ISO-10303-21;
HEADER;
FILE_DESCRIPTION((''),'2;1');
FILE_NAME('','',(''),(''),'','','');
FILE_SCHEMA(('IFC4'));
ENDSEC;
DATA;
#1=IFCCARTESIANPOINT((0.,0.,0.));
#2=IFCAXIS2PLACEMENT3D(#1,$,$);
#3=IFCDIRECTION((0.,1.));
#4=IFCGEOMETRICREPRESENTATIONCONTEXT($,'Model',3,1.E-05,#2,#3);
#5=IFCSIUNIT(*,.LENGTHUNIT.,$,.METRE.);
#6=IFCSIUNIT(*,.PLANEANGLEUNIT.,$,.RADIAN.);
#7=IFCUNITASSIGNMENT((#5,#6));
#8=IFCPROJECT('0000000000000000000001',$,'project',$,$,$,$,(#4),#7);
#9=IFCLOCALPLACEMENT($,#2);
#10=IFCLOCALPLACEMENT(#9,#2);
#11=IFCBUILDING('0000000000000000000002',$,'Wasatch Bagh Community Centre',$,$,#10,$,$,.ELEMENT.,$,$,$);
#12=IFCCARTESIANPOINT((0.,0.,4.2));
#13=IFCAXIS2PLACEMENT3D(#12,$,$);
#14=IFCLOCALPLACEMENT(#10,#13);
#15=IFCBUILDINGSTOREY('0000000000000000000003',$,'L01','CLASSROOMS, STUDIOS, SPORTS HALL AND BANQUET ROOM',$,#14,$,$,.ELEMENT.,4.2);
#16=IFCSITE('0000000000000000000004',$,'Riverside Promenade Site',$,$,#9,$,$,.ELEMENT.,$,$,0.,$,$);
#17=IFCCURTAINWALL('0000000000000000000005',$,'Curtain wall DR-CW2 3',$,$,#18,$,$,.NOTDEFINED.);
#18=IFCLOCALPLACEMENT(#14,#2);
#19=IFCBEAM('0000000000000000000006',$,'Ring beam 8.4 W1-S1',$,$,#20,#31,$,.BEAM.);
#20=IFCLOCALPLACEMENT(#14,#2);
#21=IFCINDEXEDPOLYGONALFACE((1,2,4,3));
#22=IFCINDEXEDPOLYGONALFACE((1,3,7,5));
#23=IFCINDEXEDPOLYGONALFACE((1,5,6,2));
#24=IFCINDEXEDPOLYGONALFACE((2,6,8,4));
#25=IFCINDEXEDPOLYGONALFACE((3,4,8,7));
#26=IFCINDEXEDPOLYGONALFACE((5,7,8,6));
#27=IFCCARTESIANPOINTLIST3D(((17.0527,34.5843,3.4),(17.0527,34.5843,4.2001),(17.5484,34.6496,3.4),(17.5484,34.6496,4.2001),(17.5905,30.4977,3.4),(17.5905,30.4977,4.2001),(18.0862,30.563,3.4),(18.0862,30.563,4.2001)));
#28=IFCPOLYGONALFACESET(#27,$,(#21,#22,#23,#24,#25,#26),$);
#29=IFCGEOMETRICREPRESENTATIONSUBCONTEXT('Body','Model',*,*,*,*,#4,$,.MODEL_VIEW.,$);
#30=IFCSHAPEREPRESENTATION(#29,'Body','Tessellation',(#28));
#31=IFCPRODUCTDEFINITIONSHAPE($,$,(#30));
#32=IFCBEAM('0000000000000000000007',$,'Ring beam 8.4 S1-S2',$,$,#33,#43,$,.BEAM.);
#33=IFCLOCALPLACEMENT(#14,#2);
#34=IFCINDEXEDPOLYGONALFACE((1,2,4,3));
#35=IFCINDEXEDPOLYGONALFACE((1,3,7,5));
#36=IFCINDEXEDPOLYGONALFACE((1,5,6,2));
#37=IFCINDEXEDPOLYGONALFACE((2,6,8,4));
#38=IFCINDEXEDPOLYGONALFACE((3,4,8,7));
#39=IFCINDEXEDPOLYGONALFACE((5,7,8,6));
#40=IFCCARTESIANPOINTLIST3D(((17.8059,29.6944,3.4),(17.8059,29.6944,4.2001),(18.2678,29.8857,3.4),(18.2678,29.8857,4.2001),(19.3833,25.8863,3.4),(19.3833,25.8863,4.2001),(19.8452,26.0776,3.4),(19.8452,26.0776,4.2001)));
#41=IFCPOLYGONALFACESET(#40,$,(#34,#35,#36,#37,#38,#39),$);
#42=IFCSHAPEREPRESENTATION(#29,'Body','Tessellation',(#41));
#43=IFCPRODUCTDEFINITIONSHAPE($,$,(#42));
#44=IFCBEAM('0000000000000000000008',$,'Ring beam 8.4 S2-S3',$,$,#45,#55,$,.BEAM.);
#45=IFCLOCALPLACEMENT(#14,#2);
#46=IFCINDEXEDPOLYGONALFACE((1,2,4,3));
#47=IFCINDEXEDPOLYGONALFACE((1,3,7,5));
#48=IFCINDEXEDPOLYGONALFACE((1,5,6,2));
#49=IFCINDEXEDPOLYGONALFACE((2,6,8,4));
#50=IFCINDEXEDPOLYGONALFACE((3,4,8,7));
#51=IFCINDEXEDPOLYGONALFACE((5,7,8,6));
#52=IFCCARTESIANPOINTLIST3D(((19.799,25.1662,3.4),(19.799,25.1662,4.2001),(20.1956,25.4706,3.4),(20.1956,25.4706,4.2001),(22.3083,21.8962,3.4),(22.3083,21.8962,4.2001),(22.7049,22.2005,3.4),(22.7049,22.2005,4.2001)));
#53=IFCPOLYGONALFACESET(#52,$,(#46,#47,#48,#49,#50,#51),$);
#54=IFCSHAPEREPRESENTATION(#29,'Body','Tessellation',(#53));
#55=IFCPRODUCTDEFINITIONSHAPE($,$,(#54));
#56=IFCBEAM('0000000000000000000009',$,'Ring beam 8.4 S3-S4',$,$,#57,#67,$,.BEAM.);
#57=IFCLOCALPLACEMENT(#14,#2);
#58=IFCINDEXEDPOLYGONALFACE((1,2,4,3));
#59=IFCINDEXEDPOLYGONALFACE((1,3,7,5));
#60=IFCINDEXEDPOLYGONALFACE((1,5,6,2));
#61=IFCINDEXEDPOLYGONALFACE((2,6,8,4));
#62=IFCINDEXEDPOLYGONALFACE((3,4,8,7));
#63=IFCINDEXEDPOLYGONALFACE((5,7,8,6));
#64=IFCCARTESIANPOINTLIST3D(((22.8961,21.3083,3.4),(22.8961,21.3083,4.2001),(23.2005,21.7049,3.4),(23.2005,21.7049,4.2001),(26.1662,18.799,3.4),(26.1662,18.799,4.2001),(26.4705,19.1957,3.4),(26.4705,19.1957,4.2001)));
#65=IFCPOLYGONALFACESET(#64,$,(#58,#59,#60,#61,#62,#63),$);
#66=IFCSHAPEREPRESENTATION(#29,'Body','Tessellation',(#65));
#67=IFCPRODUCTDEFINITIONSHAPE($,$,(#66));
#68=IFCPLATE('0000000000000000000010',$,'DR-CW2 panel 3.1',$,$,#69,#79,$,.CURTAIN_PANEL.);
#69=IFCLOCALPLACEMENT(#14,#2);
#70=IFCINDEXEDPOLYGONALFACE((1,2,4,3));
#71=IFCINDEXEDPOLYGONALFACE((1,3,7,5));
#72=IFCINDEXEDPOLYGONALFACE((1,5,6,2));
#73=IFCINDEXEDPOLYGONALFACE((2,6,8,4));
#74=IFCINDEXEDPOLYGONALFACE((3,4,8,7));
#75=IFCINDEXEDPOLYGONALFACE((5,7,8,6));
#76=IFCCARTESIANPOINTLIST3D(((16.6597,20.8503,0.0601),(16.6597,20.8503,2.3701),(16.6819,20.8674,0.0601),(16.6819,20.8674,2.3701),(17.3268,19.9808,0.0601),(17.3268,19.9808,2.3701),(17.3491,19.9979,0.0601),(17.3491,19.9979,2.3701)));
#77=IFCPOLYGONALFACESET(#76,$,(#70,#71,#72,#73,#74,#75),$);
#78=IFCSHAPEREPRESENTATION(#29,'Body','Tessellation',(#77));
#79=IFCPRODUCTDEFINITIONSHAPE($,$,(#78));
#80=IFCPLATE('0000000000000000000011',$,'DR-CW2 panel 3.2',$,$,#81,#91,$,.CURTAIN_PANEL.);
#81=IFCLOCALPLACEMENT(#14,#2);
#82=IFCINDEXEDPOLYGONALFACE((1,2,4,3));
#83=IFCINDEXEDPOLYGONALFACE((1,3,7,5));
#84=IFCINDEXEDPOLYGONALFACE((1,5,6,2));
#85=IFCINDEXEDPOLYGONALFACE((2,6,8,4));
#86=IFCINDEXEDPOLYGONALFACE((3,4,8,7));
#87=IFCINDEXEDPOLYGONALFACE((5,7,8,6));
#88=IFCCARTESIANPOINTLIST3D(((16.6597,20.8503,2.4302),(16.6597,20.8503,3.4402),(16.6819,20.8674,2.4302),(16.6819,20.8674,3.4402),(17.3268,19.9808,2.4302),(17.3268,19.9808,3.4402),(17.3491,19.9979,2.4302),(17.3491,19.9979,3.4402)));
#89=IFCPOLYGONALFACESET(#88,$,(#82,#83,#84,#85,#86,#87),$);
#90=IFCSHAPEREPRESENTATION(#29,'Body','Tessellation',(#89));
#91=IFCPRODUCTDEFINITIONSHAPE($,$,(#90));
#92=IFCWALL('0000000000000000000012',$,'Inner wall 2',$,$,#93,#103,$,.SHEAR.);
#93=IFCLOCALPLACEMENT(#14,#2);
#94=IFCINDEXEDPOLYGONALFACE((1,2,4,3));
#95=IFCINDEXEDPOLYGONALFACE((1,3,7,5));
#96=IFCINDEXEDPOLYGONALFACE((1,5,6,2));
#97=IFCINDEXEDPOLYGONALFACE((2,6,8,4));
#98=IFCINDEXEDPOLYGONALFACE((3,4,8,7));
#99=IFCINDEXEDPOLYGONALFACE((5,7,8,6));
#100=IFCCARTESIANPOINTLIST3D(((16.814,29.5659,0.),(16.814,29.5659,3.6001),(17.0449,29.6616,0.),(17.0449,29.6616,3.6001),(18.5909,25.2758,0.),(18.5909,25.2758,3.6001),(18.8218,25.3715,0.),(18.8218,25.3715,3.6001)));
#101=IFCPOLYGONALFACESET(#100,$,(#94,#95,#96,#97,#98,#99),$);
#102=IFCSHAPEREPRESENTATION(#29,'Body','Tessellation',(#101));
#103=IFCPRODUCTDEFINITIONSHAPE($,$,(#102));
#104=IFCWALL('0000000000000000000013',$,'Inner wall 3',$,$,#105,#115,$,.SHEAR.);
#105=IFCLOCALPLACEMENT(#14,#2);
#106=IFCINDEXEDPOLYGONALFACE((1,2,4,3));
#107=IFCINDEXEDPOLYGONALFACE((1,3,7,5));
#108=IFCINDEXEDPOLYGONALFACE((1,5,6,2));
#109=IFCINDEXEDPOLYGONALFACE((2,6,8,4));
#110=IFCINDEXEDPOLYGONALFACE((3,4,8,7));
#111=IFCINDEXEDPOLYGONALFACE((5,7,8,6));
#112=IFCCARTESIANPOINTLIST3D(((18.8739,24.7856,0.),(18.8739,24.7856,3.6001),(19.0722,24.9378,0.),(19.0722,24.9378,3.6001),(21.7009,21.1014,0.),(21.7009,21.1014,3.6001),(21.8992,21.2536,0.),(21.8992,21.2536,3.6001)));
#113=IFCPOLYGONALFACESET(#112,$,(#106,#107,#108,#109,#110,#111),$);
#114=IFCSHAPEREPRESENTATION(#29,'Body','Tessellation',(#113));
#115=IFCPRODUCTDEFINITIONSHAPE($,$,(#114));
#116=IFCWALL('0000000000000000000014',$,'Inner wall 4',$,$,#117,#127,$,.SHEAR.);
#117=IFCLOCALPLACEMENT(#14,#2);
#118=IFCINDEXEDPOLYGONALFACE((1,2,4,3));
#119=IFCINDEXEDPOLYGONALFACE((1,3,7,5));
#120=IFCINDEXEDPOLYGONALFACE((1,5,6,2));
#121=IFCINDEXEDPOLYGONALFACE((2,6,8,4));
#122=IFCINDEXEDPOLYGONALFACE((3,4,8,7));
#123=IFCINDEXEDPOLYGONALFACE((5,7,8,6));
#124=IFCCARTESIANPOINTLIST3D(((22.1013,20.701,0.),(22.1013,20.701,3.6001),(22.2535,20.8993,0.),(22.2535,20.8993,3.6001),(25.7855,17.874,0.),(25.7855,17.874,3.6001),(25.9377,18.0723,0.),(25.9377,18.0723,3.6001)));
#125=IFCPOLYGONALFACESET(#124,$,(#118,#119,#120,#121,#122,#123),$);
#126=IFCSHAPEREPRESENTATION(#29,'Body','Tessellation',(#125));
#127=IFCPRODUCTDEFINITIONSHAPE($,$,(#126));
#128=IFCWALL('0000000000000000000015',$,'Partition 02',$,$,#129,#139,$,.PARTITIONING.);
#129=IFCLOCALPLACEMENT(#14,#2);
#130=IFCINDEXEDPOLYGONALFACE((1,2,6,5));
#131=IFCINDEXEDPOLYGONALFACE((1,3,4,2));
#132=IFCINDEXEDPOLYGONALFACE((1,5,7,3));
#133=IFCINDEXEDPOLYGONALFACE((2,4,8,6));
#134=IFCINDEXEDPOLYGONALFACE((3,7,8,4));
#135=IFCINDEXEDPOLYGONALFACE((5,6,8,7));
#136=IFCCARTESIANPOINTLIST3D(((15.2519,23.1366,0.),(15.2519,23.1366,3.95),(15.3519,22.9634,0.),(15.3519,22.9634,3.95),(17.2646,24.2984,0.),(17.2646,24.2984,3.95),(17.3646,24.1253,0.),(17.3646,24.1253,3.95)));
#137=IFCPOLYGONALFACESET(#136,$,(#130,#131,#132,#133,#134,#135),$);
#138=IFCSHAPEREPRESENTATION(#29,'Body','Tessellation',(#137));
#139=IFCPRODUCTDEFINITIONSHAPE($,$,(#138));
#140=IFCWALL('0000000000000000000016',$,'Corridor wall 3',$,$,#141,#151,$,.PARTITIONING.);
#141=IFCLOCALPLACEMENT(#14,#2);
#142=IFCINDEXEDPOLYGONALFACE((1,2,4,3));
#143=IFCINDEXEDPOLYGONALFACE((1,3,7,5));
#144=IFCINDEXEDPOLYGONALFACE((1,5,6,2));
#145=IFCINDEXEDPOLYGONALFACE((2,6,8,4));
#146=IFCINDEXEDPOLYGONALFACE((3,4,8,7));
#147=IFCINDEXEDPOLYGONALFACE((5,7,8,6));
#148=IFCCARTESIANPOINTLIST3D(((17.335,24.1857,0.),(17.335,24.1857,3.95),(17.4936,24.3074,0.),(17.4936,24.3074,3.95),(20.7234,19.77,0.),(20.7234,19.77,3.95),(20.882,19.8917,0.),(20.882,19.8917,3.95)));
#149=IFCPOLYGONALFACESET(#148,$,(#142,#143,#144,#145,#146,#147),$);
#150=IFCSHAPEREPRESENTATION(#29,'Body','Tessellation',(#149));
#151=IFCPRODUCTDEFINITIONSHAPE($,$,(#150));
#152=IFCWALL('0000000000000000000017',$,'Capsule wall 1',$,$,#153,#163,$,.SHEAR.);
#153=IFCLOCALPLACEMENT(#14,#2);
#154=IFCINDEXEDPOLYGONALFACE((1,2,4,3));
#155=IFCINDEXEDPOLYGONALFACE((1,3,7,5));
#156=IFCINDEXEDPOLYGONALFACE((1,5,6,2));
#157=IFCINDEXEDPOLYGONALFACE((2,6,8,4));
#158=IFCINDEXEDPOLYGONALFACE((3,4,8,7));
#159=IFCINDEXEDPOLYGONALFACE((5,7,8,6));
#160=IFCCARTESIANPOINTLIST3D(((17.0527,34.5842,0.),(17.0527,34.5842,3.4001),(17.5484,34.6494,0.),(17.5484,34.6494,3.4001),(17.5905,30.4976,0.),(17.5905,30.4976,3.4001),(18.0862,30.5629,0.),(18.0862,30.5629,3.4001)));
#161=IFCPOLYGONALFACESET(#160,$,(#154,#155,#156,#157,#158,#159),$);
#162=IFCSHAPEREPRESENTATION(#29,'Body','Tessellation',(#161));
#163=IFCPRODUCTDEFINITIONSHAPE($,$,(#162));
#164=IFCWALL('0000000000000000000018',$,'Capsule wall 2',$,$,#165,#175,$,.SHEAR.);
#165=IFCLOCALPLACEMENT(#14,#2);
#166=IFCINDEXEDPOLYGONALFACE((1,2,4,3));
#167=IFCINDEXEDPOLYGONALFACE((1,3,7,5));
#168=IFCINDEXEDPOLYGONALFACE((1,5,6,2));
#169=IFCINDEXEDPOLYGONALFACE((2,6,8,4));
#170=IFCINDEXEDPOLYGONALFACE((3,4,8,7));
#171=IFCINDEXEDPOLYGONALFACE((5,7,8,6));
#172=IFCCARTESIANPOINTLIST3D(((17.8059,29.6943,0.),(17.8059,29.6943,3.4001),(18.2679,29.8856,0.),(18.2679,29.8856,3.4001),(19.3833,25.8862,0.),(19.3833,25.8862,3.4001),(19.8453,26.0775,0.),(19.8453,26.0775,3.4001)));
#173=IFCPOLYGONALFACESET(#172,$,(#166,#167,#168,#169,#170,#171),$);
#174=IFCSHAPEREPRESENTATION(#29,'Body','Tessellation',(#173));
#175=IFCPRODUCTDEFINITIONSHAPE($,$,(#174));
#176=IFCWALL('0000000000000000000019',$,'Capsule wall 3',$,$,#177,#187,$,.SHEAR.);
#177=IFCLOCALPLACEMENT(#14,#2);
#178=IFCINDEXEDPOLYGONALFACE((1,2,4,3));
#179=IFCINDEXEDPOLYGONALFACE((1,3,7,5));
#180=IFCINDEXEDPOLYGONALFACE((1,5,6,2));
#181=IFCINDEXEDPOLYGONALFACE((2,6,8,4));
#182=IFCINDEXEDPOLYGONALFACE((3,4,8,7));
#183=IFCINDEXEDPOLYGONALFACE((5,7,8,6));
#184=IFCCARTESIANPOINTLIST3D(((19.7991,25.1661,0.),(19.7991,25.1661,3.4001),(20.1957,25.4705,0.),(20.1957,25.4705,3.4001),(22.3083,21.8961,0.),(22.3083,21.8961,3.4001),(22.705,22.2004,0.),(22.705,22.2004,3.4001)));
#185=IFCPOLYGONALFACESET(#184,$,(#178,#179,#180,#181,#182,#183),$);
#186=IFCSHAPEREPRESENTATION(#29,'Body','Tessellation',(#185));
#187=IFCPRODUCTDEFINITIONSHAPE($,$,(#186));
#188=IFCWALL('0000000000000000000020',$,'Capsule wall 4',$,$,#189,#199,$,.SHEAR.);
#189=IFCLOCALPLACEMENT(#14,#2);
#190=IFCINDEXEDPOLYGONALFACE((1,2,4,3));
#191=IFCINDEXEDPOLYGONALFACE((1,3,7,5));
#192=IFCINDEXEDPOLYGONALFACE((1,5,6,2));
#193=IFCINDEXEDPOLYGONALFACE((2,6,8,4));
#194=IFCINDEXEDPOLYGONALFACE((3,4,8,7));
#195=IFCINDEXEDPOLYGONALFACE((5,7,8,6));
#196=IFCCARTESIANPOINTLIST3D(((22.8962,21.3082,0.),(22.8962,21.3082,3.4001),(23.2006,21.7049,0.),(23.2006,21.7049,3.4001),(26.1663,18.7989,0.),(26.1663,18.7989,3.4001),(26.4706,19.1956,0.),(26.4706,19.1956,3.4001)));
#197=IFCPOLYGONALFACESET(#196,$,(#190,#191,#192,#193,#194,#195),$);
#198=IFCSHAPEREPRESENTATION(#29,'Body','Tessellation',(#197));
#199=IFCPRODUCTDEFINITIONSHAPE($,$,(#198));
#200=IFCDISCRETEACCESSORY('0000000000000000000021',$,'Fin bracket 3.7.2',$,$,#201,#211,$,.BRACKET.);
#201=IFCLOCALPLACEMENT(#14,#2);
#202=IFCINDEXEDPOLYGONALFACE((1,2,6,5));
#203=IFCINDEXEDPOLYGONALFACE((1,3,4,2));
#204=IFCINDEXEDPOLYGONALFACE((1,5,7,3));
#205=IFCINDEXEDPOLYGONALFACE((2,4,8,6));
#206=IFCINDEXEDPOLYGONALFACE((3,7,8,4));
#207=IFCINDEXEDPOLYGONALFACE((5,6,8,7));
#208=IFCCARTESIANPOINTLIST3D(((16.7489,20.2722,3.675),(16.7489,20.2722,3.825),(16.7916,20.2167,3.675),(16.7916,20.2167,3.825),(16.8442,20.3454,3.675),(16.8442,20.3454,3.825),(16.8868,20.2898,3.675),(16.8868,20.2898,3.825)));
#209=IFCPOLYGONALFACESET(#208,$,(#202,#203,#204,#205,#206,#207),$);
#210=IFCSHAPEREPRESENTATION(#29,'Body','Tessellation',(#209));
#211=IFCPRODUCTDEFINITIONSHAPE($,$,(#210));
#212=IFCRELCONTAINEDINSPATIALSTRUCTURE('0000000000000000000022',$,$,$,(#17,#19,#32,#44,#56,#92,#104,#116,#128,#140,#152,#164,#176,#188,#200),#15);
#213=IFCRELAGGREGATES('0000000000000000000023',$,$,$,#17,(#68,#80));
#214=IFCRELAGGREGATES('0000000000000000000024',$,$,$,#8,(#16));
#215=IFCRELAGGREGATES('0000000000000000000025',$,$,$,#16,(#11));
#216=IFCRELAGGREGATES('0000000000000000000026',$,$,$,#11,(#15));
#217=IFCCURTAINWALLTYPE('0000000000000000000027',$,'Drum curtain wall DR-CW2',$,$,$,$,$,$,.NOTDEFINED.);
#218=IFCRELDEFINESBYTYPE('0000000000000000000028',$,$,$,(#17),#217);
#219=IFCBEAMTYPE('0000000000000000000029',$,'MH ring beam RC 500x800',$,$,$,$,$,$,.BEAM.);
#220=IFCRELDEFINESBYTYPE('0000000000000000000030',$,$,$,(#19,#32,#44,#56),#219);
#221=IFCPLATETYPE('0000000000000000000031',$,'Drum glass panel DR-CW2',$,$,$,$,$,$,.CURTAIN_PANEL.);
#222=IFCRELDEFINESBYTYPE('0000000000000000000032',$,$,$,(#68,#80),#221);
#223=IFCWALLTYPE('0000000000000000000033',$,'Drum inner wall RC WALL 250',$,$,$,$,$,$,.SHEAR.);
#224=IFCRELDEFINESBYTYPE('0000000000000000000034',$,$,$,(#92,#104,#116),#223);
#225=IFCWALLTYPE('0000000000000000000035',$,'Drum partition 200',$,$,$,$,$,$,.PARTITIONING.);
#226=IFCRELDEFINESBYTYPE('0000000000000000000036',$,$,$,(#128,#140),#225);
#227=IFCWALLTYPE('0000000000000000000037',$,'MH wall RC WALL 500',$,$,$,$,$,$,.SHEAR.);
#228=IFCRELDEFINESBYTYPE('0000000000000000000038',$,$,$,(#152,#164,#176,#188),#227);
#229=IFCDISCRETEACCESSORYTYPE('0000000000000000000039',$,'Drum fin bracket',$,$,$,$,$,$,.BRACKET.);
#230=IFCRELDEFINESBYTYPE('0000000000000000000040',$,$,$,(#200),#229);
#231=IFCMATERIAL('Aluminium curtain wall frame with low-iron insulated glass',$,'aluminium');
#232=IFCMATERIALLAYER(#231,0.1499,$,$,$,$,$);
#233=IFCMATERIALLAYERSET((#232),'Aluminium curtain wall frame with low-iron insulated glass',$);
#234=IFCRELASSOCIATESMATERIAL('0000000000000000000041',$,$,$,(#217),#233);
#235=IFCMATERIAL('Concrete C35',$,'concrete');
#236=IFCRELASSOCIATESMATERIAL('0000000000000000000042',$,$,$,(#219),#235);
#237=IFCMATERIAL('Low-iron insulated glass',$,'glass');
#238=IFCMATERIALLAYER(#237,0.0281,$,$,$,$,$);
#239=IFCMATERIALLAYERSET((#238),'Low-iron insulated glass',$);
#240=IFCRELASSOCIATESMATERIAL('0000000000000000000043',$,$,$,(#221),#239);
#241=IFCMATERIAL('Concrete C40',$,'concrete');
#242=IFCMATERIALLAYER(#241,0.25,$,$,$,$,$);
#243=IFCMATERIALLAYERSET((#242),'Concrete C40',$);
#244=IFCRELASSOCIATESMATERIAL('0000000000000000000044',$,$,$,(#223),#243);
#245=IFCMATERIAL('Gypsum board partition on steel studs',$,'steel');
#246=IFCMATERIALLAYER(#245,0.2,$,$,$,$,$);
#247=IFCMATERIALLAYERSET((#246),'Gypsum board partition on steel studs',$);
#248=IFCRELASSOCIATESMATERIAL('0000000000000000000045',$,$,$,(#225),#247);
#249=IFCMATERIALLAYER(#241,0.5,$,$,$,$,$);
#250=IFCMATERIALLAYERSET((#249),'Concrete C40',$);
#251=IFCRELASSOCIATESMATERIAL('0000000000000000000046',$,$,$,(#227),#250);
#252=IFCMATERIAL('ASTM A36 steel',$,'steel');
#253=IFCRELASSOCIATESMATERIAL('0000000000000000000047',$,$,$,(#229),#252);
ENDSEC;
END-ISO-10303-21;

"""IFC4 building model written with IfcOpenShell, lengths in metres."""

from ifc_helpers import new_model, si_unit, direction, frame, frame_2d, origin, origin_2d, place, context, subcontext, project, spatial, rectangle, extrude, material, layer, layer_set, material_profile, profile_set, type_object, element, aggregate, save


model = new_model("IFC4")

# Units and contexts
model_context = context("Model", 3, precision=1e-05, world=origin(), true_north=direction((0.0, 1.0)))
body_context = subcontext(model_context, "Body", "Model", "MODEL_VIEW")
ifc_project = project(units=[si_unit("LENGTHUNIT", "METRE"), si_unit("PLANEANGLEUNIT", "RADIAN")], contexts=[model_context])

# Site, building, storey
site_placement = place(None, origin())
site = spatial("IfcSite", under=ifc_project, at=site_placement, Name="Riverside Promenade Site", CompositionType="ELEMENT", RefElevation=0.0)
building_placement = place(site_placement, origin())
building = spatial("IfcBuilding", under=site, at=building_placement, Name="Wasatch Bagh Community Centre", CompositionType="ELEMENT")
storey_placement = place(building_placement, frame((0.0, 0.0, 4.2)))
storey = spatial("IfcBuildingStorey", under=building, at=storey_placement, Name="L01", Description="CLASSROOMS, STUDIOS, SPORTS HALL AND BANQUET ROOM", CompositionType="ELEMENT", Elevation=4.2)

# Shared definitions
ifc_material_1 = material(Name="Concrete C40", Category="concrete")

# Curtain wall
ifc_material_2 = material(Name="Aluminium curtain wall frame with low-iron insulated glass", Category="aluminium")
ifc_layer_1 = layer(ifc_material_2, 0.1499)
ifc_layer_set_1 = layer_set([ifc_layer_1], Name="Aluminium curtain wall frame with low-iron insulated glass")
curtain_wall_type = type_object("IfcCurtainWallType", Name="Drum curtain wall DR-CW2", PredefinedType="NOTDEFINED", material=ifc_layer_set_1)
curtain_wall_placement = place(storey_placement, origin())
curtain_wall = element("IfcCurtainWall", 1, at=curtain_wall_placement, inside=storey, type_object=curtain_wall_type, Name="Curtain wall DR-CW2 3", PredefinedType="NOTDEFINED")

# Shared definitions
ifc_material_3 = material(Name="Concrete C35", Category="concrete")

# Beams
ifc_material_profile_1 = material_profile(ifc_material_3, rectangle(XDim=0.5, YDim=0.8, at=origin_2d()), Name="RC 500x800")
ifc_profile_set_1 = profile_set([ifc_material_profile_1], Name="Concrete C35")
beam_type_1 = type_object("IfcBeamType", Name="MH ring beam RC 500x800", PredefinedType="BEAM", material=ifc_profile_set_1)
for number, where, z_axis, x_axis, name in (
    (2, (17.3005, 34.6169, 3.8), (0.130484, -0.99145, 0.0), (0.99145, 0.130484, 0.0), "Ring beam 8.4 W1-S1"),
    (3, (18.0369, 29.79, 3.8), (0.382688, -0.923878, 0.0), (0.923878, 0.382688, 0.0), "Ring beam 8.4 S1-S2"),
    (4, (19.9973, 25.3184, 3.8), (0.608777, -0.793341, 0.0), (0.793341, 0.608777, 0.0), "Ring beam 8.4 S2-S3"),
    (5, (23.0483, 21.5066, 3.8), (0.793341, -0.608777, 0.0), (0.608777, 0.793341, 0.0), "Ring beam 8.4 S3-S4"),
):
    element("IfcBeam", number, at=place(storey_placement, frame(where, z_axis=z_axis, x_axis=x_axis)), inside=storey, type_object=beam_type_1, Name=name, PredefinedType="BEAM", context=body_context, shape_type="SweptSolid", body=[
        extrude(rectangle(XDim=0.5, YDim=0.8, at=origin_2d()), origin(), (0.0, 0.0, 1.0), 4.1218),
    ])

# Plates
ifc_material_4 = material(Name="Low-iron insulated glass", Category="glass")
ifc_layer_2 = layer(ifc_material_4, 0.0281)
ifc_layer_set_2 = layer_set([ifc_layer_2], Name="Low-iron insulated glass")
plate_type = type_object("IfcPlateType", Name="Drum glass panel DR-CW2", PredefinedType="CURTAIN_PANEL", material=ifc_layer_set_2)
plate_1_placement = place(storey_placement, frame((17.0044, 20.4241, 0.0601), z_axis=(0.0, 0.0, 1.0), x_axis=(0.608761, -0.793353, 0.0)))
plate_1 = element("IfcPlate", 6, at=plate_1_placement, type_object=plate_type, Name="DR-CW2 panel 3.1", PredefinedType="CURTAIN_PANEL", context=body_context, shape_type="SweptSolid", body=[
    extrude(rectangle(XDim=1.0959, YDim=0.0281, at=origin_2d()), origin(), (0.0, 0.0, 1.0), 2.3101),
])
plate_2_placement = place(storey_placement, frame((17.0044, 20.4241, 2.4302), z_axis=(0.0, 0.0, 1.0), x_axis=(0.608761, -0.793353, 0.0)))
plate_2 = element("IfcPlate", 7, at=plate_2_placement, type_object=plate_type, Name="DR-CW2 panel 3.2", PredefinedType="CURTAIN_PANEL", context=body_context, shape_type="SweptSolid", body=[
    extrude(rectangle(XDim=1.0959, YDim=0.0281, at=origin_2d()), origin(), (0.0, 0.0, 1.0), 1.01),
])
aggregate(curtain_wall, [plate_1, plate_2])

# Walls
ifc_layer_3 = layer(ifc_material_1, 0.25)
ifc_layer_set_3 = layer_set([ifc_layer_3], Name="Concrete C40")
wall_type_1 = type_object("IfcWallType", Name="Drum inner wall RC WALL 250", PredefinedType="SHEAR", material=ifc_layer_set_3)
wall_1_placement = place(storey_placement, frame((16.9294, 29.6138, 0.0), z_axis=(0.0, 0.0, 1.0), x_axis=(0.382658, -0.92389, 0.0)))
element("IfcWall", 8, at=wall_1_placement, inside=storey, type_object=wall_type_1, Name="Inner wall 2", PredefinedType="SHEAR", context=body_context, shape_type="SweptSolid", body=[
    extrude(rectangle(XDim=4.6436, YDim=0.25, at=frame_2d((2.3218, 0.0))), origin(), (0.0, 0.0, 1.0), 3.6001),
])
for number, where, z_axis, x_axis, name in (
    (9, (18.9731, 24.8616, 0.0), (0.0, 0.0, 1.0), (0.608763, -0.793352, 0.0), "Inner wall 3"),
    (10, (22.1775, 20.8, 0.0), (0.0, 0.0, 1.0), (0.793352, -0.608763, 0.0), "Inner wall 4"),
):
    element("IfcWall", number, at=place(storey_placement, frame(where, z_axis=z_axis, x_axis=x_axis)), inside=storey, type_object=wall_type_1, Name=name, PredefinedType="SHEAR", context=body_context, shape_type="SweptSolid", body=[
        extrude(rectangle(XDim=4.6438, YDim=0.25, at=frame_2d((2.3218, 0.0))), origin(), (0.0, 0.0, 1.0), 3.6001),
    ])
ifc_material_5 = material(Name="Gypsum board partition on steel studs", Category="steel")
ifc_layer_4 = layer(ifc_material_5, 0.2)
ifc_layer_set_4 = layer_set([ifc_layer_4], Name="Gypsum board partition on steel studs")
wall_type_2 = type_object("IfcWallType", Name="Drum partition 200", PredefinedType="PARTITIONING", material=ifc_layer_set_4)
wall_2_placement = place(storey_placement, frame((17.3147, 24.2119, 0.0), z_axis=(0.0, 0.0, 1.0), x_axis=(-0.866056, -0.499947, 0.0)))
element("IfcWall", 11, at=wall_2_placement, inside=storey, type_object=wall_type_2, Name="Partition 02", PredefinedType="PARTITIONING", context=body_context, shape_type="SweptSolid", body=[
    extrude(rectangle(XDim=2.324, YDim=0.2, at=frame_2d((1.1621, 0.0))), origin(), (0.0, 0.0, 1.0), 3.95),
])
wall_3_placement = place(storey_placement, frame((17.4143, 24.2466, 0.0), z_axis=(0.0, 0.0, 1.0), x_axis=(0.608771, -0.793346, 0.0)))
element("IfcWall", 12, at=wall_3_placement, inside=storey, type_object=wall_type_2, Name="Corridor wall 3", PredefinedType="PARTITIONING", context=body_context, shape_type="SweptSolid", body=[
    extrude(rectangle(XDim=5.5659, YDim=0.2, at=frame_2d((2.783, 0.0))), origin(), (0.0, 0.0, 1.0), 3.95),
])
ifc_layer_5 = layer(ifc_material_1, 0.5)
ifc_layer_set_5 = layer_set([ifc_layer_5], Name="Concrete C40")
wall_type_3 = type_object("IfcWallType", Name="MH wall RC WALL 500", PredefinedType="SHEAR", material=ifc_layer_set_5)
for number, where, z_axis, x_axis, name in (
    (13, (17.3005, 34.6169, 0.0), (0.0, 0.0, 1.0), (0.130484, -0.99145, 0.0), "Capsule wall 1"),
    (14, (18.0369, 29.79, 0.0), (0.0, 0.0, 1.0), (0.382688, -0.923878, 0.0), "Capsule wall 2"),
    (15, (19.9973, 25.3184, 0.0), (0.0, 0.0, 1.0), (0.608777, -0.793341, 0.0), "Capsule wall 3"),
    (16, (23.0483, 21.5066, 0.0), (0.0, 0.0, 1.0), (0.793341, -0.608777, 0.0), "Capsule wall 4"),
):
    element("IfcWall", number, at=place(storey_placement, frame(where, z_axis=z_axis, x_axis=x_axis)), inside=storey, type_object=wall_type_3, Name=name, PredefinedType="SHEAR", context=body_context, shape_type="SweptSolid", body=[
        extrude(rectangle(XDim=4.1218, YDim=0.5, at=frame_2d((2.061, 0.0))), origin(), (0.0, 0.0, 1.0), 3.4001),
    ])

# Discrete accessory
ifc_material_6 = material(Name="ASTM A36 steel", Category="steel")
discrete_accessory_type = type_object("IfcDiscreteAccessoryType", Name="Drum fin bracket", PredefinedType="BRACKET", material=ifc_material_6)
discrete_accessory_placement = place(storey_placement, frame((16.8179, 20.281, 3.675), z_axis=(0.0, 0.0, 1.0), x_axis=(0.608761, -0.793353, 0.0)))
element("IfcDiscreteAccessory", 17, at=discrete_accessory_placement, inside=storey, type_object=discrete_accessory_type, Name="Fin bracket 3.7.2", PredefinedType="BRACKET", context=body_context, shape_type="SweptSolid", body=[
    extrude(rectangle(XDim=0.0701, YDim=0.1201, at=origin_2d()), origin(), (0.0, 0.0, 1.0), 0.1499),
])

save(model, "model.ifc")
